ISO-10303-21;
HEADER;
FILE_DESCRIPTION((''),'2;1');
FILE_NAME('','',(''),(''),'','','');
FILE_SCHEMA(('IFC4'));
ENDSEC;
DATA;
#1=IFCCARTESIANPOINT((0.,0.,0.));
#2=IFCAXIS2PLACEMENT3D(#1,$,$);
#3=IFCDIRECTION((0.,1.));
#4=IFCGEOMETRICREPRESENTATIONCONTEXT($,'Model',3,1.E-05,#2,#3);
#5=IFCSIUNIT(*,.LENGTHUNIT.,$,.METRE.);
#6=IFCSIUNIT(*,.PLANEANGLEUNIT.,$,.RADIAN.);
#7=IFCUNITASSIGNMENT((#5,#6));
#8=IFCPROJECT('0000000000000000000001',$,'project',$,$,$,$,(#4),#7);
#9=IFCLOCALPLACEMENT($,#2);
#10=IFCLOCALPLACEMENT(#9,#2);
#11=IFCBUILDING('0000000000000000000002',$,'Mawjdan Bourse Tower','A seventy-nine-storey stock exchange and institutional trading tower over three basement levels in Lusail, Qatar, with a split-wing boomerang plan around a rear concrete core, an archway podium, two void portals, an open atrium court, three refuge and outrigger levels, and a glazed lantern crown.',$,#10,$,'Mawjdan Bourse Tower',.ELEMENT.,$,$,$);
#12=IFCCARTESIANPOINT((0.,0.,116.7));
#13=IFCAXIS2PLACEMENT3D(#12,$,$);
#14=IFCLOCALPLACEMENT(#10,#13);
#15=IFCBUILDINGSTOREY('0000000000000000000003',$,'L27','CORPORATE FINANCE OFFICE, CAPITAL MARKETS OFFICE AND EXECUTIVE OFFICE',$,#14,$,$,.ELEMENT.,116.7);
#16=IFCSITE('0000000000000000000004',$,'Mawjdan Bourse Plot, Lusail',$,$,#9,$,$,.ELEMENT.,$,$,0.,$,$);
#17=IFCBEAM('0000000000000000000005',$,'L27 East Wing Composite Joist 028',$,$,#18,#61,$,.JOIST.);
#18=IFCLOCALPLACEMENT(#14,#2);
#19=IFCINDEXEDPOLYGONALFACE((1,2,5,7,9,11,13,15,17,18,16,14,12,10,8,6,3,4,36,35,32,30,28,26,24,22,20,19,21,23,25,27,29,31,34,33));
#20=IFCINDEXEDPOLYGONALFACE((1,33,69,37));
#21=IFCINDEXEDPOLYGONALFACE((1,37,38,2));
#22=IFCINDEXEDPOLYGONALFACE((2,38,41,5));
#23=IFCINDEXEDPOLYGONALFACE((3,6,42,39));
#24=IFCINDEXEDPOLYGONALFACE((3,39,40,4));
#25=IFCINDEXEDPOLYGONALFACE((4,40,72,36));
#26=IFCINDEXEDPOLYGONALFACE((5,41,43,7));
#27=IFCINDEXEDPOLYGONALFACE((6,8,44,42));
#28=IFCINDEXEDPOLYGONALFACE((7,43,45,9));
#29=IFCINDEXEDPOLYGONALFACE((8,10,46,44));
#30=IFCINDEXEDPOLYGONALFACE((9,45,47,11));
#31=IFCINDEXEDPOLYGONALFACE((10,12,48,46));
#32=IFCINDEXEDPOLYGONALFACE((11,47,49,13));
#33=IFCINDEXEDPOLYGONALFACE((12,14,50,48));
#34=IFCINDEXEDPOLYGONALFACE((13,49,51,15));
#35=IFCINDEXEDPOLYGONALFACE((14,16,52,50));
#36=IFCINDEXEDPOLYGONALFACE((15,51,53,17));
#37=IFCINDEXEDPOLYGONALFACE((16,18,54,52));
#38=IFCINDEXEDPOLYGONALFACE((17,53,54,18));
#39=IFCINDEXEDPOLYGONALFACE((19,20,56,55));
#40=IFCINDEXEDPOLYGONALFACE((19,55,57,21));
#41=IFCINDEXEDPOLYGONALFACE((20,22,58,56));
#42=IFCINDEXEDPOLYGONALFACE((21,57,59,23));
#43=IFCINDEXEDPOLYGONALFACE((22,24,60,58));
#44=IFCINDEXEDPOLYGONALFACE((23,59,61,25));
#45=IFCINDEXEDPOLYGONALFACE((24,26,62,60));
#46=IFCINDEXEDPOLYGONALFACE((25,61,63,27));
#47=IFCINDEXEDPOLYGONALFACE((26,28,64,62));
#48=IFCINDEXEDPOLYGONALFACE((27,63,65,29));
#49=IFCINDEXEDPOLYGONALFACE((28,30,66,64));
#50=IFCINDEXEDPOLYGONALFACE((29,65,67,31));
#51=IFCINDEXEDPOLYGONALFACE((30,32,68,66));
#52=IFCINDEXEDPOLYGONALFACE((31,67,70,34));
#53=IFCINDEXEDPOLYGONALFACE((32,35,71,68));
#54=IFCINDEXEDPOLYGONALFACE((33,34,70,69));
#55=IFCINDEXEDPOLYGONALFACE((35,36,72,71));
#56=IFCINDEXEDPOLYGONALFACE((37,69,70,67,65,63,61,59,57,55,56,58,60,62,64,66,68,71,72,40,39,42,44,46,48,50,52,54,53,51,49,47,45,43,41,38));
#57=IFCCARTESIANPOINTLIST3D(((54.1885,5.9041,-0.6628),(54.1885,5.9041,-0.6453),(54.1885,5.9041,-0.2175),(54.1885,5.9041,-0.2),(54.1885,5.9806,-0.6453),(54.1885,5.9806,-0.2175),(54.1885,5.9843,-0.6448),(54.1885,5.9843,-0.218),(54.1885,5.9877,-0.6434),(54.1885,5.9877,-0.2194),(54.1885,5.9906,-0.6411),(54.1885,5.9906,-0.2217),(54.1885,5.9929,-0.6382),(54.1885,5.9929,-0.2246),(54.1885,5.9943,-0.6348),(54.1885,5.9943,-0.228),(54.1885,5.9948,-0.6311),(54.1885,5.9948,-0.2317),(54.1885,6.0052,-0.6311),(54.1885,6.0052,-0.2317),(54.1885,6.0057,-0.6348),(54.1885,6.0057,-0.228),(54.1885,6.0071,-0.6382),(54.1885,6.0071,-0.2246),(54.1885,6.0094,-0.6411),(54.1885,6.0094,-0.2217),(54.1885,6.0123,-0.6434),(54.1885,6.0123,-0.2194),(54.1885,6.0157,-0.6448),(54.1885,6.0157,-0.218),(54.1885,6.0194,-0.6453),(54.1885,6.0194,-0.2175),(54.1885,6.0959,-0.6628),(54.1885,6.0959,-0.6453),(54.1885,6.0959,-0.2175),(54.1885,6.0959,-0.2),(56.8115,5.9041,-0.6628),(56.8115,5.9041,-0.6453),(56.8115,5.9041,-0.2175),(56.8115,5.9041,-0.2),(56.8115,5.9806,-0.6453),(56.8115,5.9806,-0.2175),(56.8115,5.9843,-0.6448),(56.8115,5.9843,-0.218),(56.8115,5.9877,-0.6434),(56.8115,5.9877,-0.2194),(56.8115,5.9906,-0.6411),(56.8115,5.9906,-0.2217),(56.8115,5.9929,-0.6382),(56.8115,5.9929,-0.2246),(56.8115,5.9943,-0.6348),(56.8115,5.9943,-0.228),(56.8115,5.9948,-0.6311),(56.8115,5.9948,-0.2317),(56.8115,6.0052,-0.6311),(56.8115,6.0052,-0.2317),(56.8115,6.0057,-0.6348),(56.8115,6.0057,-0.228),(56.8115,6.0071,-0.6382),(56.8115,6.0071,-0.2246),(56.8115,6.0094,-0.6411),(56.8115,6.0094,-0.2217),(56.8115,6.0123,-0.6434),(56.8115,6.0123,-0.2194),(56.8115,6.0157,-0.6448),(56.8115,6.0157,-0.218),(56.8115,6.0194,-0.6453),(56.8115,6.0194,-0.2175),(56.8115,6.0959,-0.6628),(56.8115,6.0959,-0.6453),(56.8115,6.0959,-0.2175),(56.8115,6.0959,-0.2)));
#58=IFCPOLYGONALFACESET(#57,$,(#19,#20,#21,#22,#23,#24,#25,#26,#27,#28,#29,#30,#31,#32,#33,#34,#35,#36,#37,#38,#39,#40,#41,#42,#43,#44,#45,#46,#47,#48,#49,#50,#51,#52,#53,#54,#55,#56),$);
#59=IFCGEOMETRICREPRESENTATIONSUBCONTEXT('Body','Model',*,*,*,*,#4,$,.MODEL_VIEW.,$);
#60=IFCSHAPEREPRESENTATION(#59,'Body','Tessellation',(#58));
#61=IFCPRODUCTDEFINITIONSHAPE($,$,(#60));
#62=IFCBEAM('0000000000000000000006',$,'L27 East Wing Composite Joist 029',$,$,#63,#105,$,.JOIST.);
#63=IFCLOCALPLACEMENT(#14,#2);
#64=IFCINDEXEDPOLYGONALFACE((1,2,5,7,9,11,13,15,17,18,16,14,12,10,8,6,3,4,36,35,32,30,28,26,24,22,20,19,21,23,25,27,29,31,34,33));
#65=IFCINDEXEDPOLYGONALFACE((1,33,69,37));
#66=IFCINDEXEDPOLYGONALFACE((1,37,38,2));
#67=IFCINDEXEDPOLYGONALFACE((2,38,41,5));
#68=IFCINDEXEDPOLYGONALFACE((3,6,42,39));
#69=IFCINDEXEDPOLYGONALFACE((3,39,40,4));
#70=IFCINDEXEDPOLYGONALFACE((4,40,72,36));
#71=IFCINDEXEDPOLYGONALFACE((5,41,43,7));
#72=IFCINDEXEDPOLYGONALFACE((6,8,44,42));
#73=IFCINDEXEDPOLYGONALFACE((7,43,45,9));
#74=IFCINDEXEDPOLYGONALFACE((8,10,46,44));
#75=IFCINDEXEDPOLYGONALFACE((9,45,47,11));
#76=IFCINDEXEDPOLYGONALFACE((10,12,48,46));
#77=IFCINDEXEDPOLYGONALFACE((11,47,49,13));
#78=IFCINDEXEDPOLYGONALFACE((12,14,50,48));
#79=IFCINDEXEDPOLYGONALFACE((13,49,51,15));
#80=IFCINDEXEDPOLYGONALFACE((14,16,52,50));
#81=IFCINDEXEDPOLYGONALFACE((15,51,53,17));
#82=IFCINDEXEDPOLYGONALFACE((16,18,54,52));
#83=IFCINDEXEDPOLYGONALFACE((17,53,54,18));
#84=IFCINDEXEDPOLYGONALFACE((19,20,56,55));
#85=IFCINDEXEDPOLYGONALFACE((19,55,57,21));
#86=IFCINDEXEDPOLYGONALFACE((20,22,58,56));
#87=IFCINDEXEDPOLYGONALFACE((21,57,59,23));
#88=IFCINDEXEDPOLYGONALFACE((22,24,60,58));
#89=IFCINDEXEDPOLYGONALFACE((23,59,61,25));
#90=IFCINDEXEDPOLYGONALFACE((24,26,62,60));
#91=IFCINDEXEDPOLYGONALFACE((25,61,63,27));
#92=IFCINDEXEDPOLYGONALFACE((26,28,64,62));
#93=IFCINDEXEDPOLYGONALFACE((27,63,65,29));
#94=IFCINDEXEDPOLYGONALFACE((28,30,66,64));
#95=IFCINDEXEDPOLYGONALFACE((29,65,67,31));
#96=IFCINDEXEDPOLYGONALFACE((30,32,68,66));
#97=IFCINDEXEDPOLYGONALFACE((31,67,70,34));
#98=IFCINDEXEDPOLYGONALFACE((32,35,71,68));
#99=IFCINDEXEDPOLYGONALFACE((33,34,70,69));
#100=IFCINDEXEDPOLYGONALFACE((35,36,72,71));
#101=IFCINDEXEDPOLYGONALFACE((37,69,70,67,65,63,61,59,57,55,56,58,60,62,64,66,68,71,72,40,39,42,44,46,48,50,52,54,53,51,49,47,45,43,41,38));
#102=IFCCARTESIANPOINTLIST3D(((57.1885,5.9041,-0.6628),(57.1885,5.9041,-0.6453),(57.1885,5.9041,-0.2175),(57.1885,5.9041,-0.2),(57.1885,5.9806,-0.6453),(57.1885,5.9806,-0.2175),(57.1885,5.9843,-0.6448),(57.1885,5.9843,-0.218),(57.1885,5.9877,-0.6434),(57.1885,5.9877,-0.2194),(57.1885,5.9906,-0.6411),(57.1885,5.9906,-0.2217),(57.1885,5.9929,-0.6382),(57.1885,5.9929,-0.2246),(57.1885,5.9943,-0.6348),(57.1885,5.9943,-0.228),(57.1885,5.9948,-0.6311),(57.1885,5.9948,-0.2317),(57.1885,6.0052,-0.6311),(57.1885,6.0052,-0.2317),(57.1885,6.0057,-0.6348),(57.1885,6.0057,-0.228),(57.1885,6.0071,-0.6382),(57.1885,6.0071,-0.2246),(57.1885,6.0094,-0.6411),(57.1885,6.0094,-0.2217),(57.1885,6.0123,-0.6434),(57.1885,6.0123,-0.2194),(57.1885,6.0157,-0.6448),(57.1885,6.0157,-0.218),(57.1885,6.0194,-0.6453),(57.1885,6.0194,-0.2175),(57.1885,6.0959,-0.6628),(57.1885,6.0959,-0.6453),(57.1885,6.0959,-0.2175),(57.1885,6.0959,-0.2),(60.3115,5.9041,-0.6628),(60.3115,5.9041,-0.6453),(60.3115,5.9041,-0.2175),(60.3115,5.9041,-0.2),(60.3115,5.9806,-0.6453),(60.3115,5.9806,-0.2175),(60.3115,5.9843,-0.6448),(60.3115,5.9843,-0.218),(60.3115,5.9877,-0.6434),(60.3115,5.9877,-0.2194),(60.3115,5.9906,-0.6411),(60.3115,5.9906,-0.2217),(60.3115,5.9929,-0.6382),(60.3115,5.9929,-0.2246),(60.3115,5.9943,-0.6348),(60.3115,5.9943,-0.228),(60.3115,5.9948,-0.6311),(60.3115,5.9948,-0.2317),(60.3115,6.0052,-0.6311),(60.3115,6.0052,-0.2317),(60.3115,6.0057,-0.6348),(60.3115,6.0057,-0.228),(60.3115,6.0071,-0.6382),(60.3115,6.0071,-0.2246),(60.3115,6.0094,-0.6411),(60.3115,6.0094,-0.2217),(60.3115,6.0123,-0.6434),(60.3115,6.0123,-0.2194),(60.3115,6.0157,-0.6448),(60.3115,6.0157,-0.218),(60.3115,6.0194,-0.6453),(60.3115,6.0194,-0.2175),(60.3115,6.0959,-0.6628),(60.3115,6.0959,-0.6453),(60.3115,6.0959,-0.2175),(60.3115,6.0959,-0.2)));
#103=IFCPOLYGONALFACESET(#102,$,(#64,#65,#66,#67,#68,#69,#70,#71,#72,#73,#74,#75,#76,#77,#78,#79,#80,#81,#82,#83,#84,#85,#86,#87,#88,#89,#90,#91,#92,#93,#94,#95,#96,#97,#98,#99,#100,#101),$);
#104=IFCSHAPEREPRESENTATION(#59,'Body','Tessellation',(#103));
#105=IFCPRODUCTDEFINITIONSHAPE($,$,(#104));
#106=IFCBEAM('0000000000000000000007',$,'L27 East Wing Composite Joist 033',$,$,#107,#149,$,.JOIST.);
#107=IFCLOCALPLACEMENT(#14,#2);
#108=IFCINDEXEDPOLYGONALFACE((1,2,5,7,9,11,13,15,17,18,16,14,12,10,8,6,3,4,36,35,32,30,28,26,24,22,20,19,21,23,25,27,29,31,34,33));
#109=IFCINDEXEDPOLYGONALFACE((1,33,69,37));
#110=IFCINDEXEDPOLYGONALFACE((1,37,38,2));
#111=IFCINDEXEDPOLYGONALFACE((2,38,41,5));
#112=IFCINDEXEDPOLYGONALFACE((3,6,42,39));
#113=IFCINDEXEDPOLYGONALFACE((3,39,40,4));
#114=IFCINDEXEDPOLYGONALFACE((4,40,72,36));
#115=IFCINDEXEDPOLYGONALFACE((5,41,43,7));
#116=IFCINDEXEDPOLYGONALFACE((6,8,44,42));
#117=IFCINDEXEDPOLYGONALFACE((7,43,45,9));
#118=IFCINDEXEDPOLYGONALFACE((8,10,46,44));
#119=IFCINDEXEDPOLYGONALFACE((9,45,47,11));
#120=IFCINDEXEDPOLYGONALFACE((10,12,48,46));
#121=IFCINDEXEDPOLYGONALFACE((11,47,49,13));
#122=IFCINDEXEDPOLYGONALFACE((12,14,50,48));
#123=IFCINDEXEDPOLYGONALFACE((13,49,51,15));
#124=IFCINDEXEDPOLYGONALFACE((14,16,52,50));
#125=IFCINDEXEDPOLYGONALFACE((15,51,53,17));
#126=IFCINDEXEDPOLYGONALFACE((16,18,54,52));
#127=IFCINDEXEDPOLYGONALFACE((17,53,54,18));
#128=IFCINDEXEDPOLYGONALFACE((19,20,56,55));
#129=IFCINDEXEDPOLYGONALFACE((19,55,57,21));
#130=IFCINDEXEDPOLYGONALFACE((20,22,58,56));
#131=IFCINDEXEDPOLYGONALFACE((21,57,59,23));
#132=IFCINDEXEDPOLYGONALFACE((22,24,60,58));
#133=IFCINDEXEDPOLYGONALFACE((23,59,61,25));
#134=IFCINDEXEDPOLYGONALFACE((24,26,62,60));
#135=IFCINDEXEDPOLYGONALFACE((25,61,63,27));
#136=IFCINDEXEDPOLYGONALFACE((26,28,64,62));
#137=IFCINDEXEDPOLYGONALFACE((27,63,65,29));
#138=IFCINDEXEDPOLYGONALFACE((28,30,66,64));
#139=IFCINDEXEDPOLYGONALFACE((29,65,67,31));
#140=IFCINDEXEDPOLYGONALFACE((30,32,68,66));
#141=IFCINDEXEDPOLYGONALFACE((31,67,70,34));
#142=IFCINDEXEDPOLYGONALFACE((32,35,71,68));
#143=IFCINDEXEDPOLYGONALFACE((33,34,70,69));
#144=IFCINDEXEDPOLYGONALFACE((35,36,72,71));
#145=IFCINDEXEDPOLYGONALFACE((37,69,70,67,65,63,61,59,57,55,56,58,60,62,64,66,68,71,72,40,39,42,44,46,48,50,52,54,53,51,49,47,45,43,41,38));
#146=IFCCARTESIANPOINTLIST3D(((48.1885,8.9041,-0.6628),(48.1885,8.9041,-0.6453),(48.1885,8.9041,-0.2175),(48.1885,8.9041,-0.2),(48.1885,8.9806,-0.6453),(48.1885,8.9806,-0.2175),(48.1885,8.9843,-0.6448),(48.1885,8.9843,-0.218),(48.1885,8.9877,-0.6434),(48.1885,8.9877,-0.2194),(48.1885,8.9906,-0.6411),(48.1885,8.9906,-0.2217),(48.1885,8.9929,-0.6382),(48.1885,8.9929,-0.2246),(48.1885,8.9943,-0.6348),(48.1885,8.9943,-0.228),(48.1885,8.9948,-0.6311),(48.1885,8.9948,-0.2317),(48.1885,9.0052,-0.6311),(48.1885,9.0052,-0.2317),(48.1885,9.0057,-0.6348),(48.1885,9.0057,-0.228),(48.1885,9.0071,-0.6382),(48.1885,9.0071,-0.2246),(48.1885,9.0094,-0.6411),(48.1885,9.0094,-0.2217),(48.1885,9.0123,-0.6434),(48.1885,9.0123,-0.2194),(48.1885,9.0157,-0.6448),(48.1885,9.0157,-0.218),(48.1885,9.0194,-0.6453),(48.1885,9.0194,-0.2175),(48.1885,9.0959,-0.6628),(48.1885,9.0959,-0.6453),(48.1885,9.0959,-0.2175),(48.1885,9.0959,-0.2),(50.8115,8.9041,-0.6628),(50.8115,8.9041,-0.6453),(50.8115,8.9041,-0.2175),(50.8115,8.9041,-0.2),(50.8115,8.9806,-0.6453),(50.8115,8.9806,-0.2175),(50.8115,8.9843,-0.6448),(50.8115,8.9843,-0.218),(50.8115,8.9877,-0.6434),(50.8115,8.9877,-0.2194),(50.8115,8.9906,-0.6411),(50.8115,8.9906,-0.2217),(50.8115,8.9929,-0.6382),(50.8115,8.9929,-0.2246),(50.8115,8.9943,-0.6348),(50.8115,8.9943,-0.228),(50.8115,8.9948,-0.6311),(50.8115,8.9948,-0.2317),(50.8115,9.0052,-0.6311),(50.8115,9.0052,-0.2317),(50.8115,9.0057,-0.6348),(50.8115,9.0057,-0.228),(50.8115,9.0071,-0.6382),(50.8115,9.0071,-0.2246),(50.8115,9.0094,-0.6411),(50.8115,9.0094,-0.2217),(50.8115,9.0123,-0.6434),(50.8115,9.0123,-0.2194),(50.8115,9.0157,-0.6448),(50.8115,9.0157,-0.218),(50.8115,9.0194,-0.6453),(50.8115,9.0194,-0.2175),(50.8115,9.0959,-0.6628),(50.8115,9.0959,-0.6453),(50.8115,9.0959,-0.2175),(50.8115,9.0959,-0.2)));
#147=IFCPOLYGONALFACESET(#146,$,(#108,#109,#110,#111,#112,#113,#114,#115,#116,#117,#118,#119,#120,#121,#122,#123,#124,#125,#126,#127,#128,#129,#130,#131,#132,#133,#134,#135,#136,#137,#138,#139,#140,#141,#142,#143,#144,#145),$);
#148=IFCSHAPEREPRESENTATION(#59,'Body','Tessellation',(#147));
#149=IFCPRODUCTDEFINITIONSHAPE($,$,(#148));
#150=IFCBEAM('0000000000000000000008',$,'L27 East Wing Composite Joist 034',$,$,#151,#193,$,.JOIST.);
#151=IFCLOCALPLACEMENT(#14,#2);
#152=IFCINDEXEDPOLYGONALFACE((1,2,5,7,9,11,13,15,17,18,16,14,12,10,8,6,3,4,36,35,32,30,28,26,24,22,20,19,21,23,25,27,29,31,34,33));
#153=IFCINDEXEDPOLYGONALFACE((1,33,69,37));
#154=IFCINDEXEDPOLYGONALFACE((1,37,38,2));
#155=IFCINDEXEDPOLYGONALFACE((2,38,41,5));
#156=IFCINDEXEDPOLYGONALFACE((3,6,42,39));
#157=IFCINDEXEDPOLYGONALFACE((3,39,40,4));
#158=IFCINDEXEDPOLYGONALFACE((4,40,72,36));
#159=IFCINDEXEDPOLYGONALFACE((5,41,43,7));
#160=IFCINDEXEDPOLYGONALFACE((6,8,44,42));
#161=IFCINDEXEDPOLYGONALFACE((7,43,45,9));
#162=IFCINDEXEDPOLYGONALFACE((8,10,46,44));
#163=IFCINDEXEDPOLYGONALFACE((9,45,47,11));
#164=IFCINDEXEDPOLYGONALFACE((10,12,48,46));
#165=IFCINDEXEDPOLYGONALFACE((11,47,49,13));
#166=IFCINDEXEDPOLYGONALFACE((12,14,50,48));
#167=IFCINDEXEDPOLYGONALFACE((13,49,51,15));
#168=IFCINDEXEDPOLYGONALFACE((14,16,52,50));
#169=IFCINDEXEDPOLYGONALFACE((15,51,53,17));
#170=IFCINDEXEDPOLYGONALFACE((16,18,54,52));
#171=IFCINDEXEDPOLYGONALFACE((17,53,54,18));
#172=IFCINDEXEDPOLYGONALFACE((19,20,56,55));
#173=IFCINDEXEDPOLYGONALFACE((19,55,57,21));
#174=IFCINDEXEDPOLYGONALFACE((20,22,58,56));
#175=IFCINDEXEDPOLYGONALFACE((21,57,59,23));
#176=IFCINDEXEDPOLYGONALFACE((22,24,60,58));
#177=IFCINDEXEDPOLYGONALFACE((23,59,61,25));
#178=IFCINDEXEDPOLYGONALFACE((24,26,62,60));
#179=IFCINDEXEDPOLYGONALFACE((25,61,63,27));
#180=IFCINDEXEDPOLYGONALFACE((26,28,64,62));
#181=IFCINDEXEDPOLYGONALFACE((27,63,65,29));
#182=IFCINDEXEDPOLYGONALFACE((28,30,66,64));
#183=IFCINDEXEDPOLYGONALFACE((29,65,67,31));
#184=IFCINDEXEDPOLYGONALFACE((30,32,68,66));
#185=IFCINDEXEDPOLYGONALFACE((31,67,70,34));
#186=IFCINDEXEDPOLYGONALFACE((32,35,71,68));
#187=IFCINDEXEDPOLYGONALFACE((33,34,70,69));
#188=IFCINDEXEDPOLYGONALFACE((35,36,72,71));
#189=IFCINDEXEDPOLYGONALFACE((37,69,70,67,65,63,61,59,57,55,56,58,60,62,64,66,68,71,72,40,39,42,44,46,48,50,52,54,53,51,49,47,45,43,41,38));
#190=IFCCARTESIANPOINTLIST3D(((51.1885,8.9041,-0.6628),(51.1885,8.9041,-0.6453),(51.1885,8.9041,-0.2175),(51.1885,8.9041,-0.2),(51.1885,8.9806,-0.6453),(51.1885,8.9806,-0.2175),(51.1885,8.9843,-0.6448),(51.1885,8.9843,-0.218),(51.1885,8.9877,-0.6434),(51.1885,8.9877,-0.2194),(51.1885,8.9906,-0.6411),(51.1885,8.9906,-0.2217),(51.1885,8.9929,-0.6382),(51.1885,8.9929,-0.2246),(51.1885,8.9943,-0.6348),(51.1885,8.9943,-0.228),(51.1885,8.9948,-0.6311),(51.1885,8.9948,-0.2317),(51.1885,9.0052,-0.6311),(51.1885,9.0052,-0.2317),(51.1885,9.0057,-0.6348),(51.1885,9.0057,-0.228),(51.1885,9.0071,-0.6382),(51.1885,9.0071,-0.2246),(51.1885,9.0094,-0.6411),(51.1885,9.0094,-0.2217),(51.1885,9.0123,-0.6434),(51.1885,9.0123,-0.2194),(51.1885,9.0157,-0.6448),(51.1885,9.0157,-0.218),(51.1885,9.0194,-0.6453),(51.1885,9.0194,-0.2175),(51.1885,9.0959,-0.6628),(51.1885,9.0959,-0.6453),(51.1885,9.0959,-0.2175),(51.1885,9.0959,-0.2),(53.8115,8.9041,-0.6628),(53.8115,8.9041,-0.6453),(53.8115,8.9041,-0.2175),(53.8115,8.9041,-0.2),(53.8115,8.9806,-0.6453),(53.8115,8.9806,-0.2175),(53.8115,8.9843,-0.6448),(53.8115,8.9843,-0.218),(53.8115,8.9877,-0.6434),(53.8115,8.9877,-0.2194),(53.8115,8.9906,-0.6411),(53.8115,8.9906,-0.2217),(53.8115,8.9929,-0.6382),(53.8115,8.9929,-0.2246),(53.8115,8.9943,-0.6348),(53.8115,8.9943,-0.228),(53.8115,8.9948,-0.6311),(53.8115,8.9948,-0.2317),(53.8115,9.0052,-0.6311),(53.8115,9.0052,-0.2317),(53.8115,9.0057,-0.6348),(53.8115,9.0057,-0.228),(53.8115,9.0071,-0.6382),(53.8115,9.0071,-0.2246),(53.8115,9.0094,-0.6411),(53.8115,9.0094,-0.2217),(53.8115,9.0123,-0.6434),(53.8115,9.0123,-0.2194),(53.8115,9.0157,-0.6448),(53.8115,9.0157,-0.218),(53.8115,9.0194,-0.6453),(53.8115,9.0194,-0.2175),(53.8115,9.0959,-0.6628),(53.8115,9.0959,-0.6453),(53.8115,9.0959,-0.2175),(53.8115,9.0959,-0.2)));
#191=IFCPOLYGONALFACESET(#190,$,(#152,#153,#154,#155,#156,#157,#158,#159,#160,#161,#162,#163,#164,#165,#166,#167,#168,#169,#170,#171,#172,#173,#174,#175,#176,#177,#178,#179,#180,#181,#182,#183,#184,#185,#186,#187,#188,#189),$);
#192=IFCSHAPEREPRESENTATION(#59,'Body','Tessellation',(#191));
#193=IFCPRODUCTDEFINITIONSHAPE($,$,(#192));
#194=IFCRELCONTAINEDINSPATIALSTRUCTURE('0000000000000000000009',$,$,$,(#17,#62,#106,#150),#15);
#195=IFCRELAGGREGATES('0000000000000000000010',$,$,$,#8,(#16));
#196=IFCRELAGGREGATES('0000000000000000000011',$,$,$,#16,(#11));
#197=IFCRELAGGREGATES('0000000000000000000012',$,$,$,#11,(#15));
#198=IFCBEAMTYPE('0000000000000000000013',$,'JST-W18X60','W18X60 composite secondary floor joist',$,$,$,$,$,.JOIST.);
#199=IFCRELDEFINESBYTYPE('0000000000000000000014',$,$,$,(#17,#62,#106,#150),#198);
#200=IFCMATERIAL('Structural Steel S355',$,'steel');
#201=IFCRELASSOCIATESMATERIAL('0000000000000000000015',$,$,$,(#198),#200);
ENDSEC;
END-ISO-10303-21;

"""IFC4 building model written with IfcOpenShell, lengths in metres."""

from ifc_helpers import new_model, si_unit, direction, frame, origin, origin_2d, place, context, subcontext, project, spatial, i_section, extrude, material, material_profile, profile_set, type_object, element, save


model = new_model("IFC4")

# Units and contexts
model_context = context("Model", 3, precision=1e-05, world=origin(), true_north=direction((0.0, 1.0)))
body_context = subcontext(model_context, "Body", "Model", "MODEL_VIEW")
ifc_project = project(units=[si_unit("LENGTHUNIT", "METRE"), si_unit("PLANEANGLEUNIT", "RADIAN")], contexts=[model_context])

# Site, building, storey
site_placement = place(None, origin())
site = spatial("IfcSite", under=ifc_project, at=site_placement, Name="Mawjdan Bourse Plot, Lusail", CompositionType="ELEMENT", RefElevation=0.0)
building_placement = place(site_placement, origin())
building = spatial("IfcBuilding", under=site, at=building_placement, Name="Mawjdan Bourse Tower", Description="A seventy-nine-storey stock exchange and institutional trading tower over three basement levels in Lusail, Qatar, with a split-wing boomerang plan around a rear concrete core, an archway podium, two void portals, an open atrium court, three refuge and outrigger levels, and a glazed lantern crown.", LongName="Mawjdan Bourse Tower", CompositionType="ELEMENT")
storey_placement = place(building_placement, frame((0.0, 0.0, 116.7)))
storey = spatial("IfcBuildingStorey", under=building, at=storey_placement, Name="L27", Description="CORPORATE FINANCE OFFICE, CAPITAL MARKETS OFFICE AND EXECUTIVE OFFICE", CompositionType="ELEMENT", Elevation=116.7)

# Beams
ifc_material_1 = material(Name="Structural Steel S355", Category="steel")
ifc_material_profile_1 = material_profile(ifc_material_1, i_section(OverallWidth=0.1919, OverallDepth=0.4629, WebThickness=0.0105, FlangeThickness=0.0176, FilletRadius=0.0142, at=origin_2d()), Name="W18X60")
ifc_profile_set_1 = profile_set([ifc_material_profile_1], Name="Structural Steel S355")
beam_type_1 = type_object("IfcBeamType", Name="JST-W18X60", Description="W18X60 composite secondary floor joist", PredefinedType="JOIST", material=ifc_profile_set_1)
for number, where, z_axis, x_axis, name in (
    (1, (54.1885, 6.0, -0.4314), (1.0, 0.0, 0.0), (0.0, 1.0, 0.0), "L27 East Wing Composite Joist 028"),
):
    element("IfcBeam", number, at=place(storey_placement, frame(where, z_axis=z_axis, x_axis=x_axis)), inside=storey, type_object=beam_type_1, Name=name, PredefinedType="JOIST", context=body_context, shape_type="SweptSolid", body=[
        extrude(i_section(OverallWidth=0.1919, OverallDepth=0.4629, WebThickness=0.0105, FlangeThickness=0.0176, FilletRadius=0.0142, at=origin_2d()), origin(), (0.0, 0.0, 1.0), 2.623),
    ])
beam_1_placement = place(storey_placement, frame((57.1885, 6.0, -0.4314), z_axis=(1.0, 0.0, 0.0), x_axis=(0.0, 1.0, 0.0)))
element("IfcBeam", 2, at=beam_1_placement, inside=storey, type_object=beam_type_1, Name="L27 East Wing Composite Joist 029", PredefinedType="JOIST", context=body_context, shape_type="SweptSolid", body=[
    extrude(i_section(OverallWidth=0.1919, OverallDepth=0.4629, WebThickness=0.0105, FlangeThickness=0.0176, FilletRadius=0.0142, at=origin_2d()), origin(), (0.0, 0.0, 1.0), 3.123),
])
for number, where, z_axis, x_axis, name in (
    (3, (48.1885, 9.0, -0.4314), (1.0, 0.0, 0.0), (0.0, 1.0, 0.0), "L27 East Wing Composite Joist 033"),
    (4, (51.1885, 9.0, -0.4314), (1.0, 0.0, 0.0), (0.0, 1.0, 0.0), "L27 East Wing Composite Joist 034"),
):
    element("IfcBeam", number, at=place(storey_placement, frame(where, z_axis=z_axis, x_axis=x_axis)), inside=storey, type_object=beam_type_1, Name=name, PredefinedType="JOIST", context=body_context, shape_type="SweptSolid", body=[
        extrude(i_section(OverallWidth=0.1919, OverallDepth=0.4629, WebThickness=0.0105, FlangeThickness=0.0176, FilletRadius=0.0142, at=origin_2d()), origin(), (0.0, 0.0, 1.0), 2.623),
    ])

save(model, "model.ifc")
